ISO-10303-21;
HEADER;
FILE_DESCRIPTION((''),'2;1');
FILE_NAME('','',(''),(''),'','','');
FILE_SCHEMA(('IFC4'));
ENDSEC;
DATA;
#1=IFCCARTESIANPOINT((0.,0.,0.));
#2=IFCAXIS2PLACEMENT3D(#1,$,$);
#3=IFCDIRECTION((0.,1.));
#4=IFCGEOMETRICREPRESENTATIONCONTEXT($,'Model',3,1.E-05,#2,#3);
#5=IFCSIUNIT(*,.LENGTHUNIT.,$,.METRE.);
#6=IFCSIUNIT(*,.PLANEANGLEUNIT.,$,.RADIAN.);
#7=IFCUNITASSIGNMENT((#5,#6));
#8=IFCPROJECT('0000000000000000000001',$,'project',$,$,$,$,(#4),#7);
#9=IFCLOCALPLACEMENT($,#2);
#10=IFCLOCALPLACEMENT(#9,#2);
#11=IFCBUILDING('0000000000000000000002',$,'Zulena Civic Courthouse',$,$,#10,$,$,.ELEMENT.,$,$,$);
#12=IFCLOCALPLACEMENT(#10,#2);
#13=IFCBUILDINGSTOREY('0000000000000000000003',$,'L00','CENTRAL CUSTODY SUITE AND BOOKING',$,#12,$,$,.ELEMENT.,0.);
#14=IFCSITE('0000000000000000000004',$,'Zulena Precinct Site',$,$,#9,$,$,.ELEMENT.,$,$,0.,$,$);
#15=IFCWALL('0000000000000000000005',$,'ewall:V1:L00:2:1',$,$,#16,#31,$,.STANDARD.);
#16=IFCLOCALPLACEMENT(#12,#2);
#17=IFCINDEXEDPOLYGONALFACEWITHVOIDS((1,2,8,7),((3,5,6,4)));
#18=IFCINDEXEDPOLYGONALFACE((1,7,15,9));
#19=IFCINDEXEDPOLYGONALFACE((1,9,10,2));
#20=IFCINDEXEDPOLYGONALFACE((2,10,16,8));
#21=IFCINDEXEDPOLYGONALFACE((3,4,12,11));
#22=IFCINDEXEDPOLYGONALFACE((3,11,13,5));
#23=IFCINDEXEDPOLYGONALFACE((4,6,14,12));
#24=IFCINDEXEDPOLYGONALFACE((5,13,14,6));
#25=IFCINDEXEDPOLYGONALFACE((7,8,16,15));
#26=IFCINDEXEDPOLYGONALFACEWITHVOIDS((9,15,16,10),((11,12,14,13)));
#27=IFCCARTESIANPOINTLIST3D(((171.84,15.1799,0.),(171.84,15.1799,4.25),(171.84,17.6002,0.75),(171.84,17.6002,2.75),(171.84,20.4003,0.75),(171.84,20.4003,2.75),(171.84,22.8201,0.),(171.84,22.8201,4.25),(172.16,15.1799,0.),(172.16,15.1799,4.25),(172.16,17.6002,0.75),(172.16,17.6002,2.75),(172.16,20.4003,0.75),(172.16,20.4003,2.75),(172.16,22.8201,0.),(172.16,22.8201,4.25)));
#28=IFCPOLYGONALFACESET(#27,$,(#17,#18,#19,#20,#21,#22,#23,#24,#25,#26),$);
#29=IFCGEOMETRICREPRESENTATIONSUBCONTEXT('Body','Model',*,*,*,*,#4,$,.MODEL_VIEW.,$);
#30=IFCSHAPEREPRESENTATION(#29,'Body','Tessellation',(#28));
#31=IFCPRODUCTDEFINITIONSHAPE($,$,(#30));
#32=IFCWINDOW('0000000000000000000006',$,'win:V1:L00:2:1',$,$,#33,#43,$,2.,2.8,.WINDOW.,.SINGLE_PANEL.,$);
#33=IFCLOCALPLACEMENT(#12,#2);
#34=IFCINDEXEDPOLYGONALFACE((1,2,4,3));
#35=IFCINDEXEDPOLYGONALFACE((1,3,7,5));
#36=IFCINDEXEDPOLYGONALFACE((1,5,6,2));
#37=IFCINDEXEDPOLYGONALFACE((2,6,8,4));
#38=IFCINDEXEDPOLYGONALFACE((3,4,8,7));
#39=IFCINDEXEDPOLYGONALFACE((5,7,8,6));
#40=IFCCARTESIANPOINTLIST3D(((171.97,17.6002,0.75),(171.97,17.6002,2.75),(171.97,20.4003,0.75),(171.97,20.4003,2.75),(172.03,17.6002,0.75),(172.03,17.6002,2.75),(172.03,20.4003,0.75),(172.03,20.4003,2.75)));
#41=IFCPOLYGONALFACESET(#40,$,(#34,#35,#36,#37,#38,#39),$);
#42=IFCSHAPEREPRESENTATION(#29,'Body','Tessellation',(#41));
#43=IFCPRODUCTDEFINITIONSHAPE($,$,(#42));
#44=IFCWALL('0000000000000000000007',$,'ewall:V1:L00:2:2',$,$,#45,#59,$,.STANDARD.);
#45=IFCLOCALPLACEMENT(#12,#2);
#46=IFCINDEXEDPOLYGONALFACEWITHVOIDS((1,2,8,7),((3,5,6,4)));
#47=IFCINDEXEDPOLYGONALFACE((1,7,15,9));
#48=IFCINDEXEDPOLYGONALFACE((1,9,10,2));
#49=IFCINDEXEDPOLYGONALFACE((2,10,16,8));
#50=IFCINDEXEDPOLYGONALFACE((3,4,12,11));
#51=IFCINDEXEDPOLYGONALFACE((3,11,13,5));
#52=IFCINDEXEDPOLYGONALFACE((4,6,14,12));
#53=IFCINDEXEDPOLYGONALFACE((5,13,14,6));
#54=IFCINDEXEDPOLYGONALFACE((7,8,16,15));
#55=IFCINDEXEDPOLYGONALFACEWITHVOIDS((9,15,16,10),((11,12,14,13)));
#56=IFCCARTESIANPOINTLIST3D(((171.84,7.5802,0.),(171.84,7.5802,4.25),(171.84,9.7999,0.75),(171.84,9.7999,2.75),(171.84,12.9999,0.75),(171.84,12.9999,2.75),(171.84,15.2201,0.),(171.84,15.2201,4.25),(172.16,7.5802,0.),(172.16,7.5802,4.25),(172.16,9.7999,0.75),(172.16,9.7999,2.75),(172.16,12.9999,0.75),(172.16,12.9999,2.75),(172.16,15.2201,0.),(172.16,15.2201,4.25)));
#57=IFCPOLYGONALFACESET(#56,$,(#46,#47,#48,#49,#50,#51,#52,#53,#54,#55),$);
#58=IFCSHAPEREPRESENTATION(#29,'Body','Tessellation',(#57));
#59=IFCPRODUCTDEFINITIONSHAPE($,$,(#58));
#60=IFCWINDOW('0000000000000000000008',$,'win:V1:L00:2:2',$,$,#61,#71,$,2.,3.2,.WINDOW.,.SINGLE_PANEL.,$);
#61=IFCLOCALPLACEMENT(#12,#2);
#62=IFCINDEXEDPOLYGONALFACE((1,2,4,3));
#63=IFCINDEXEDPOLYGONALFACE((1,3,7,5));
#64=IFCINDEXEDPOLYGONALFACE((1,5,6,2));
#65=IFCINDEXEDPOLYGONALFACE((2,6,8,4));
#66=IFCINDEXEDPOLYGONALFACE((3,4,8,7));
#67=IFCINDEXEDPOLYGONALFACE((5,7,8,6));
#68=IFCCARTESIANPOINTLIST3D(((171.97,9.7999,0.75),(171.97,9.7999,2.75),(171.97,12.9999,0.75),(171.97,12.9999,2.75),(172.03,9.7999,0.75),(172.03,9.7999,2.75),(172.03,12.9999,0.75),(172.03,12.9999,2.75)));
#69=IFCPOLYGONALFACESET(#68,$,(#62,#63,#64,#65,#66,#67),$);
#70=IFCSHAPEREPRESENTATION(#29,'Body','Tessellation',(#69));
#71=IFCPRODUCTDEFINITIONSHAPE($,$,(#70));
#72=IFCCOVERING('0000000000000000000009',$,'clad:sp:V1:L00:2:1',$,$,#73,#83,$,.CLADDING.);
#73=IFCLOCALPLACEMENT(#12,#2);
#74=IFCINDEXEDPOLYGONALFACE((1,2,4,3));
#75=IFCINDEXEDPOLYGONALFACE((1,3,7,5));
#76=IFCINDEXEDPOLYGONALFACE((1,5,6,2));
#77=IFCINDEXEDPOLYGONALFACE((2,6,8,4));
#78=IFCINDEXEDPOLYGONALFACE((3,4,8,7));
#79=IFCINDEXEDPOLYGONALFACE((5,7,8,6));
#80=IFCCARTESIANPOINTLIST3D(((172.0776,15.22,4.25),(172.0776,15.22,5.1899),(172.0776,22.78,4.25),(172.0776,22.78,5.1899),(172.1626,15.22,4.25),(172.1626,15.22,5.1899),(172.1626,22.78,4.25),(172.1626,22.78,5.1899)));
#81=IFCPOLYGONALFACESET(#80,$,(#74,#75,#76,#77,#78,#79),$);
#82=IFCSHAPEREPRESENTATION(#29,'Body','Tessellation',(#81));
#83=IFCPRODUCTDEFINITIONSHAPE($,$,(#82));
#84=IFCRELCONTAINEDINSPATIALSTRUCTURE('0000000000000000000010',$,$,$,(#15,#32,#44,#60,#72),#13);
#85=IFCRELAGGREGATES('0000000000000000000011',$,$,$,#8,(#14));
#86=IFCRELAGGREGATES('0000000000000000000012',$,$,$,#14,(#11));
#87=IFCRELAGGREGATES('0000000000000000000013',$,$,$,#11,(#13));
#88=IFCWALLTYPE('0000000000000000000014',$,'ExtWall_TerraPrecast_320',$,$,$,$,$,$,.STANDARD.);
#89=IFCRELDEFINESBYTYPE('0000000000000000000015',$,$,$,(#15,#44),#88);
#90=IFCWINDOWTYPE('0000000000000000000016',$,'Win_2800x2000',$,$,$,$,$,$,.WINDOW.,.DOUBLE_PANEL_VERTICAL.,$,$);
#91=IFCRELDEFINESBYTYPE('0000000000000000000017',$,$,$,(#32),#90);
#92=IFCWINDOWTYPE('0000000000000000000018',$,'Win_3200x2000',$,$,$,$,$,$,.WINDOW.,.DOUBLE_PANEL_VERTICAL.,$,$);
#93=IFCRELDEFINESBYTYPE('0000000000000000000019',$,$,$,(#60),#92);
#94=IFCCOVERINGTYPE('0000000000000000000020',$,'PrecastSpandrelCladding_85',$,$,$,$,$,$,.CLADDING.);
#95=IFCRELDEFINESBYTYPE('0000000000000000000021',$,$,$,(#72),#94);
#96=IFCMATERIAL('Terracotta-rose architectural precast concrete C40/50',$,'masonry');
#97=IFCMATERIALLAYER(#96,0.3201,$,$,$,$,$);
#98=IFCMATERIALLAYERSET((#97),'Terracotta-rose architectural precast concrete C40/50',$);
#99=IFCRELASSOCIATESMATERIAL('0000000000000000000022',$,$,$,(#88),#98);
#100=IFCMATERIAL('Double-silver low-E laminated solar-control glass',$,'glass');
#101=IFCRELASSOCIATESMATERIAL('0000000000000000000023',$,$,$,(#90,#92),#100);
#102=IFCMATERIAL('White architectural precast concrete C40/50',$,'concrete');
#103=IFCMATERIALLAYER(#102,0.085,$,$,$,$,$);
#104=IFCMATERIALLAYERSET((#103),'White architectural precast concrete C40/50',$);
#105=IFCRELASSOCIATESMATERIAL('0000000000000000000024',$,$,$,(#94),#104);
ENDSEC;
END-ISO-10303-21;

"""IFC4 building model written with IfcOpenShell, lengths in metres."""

from ifc_helpers import new_model, si_unit, direction, frame, frame_2d, origin, origin_2d, place, context, subcontext, project, spatial, rectangle, extrude, material, layer, layer_set, type_object, element, fill, save


model = new_model("IFC4")

# Units and contexts
model_context = context("Model", 3, precision=1e-05, world=origin(), true_north=direction((0.0, 1.0)))
body_context = subcontext(model_context, "Body", "Model", "MODEL_VIEW")
ifc_project = project(units=[si_unit("LENGTHUNIT", "METRE"), si_unit("PLANEANGLEUNIT", "RADIAN")], contexts=[model_context])

# Site, building, storey
site_placement = place(None, origin())
site = spatial("IfcSite", under=ifc_project, at=site_placement, Name="Zulena Precinct Site", CompositionType="ELEMENT", RefElevation=0.0)
building_placement = place(site_placement, origin())
building = spatial("IfcBuilding", under=site, at=building_placement, Name="Zulena Civic Courthouse", CompositionType="ELEMENT")
storey_placement = place(building_placement, origin())
storey = spatial("IfcBuildingStorey", under=building, at=storey_placement, Name="L00", Description="CENTRAL CUSTODY SUITE AND BOOKING", CompositionType="ELEMENT", Elevation=0.0)

# Walls, openings, windows
ifc_material_1 = material(Name="Terracotta-rose architectural precast concrete C40/50", Category="masonry")
ifc_layer_1 = layer(ifc_material_1, 0.3201)
ifc_layer_set_1 = layer_set([ifc_layer_1], Name="Terracotta-rose architectural precast concrete C40/50")
wall_type_1 = type_object("IfcWallType", Name="ExtWall_TerraPrecast_320", PredefinedType="STANDARD", material=ifc_layer_set_1)
wall_1_placement = place(storey_placement, frame((172.0, 22.8201, 0.0), z_axis=(0.0, 0.0, 1.0), x_axis=(0.0, -1.0, 0.0)))
wall_1 = element("IfcWall", 1, at=wall_1_placement, inside=storey, type_object=wall_type_1, Name="ewall:V1:L00:2:1", PredefinedType="STANDARD", context=body_context, shape_type="SweptSolid", body=[
    extrude(rectangle(XDim=7.6401, YDim=0.3201, at=frame_2d((3.8201, 0.0))), origin(), (0.0, 0.0, 1.0), 4.25),
])
opening_1_placement = place(wall_1_placement, frame((2.4199, 0.0, 0.75)))
opening_1 = element("IfcOpeningElement", 2, at=opening_1_placement, cuts=wall_1, PredefinedType="OPENING", context=body_context, shape_type="SweptSolid", body=[
    extrude(rectangle(XDim=2.8, YDim=2.0, at=frame_2d((1.3999, 1.0))), frame((0.0, 0.1699, 0.0), z_axis=(0.0, -1.0, 0.0), x_axis=(1.0, 0.0, 0.0)), (0.0, 0.0, 1.0), 0.3401),
])
ifc_material_2 = material(Name="Double-silver low-E laminated solar-control glass", Category="glass")
window_type_1 = type_object("IfcWindowType", Name="Win_2800x2000", PartitioningType="DOUBLE_PANEL_VERTICAL", PredefinedType="WINDOW", material=ifc_material_2)
window_1_placement = place(opening_1_placement, origin())
window_1 = element("IfcWindow", 3, at=window_1_placement, inside=storey, type_object=window_type_1, Name="win:V1:L00:2:1", OverallHeight=2.0, OverallWidth=2.8, PartitioningType="SINGLE_PANEL", PredefinedType="WINDOW", context=body_context, shape_type="SweptSolid", body=[
    extrude(rectangle(XDim=2.8, YDim=2.0, at=frame_2d((1.3999, 1.0))), frame((0.0, 0.03, 0.0), z_axis=(0.0, -1.0, 0.0), x_axis=(1.0, 0.0, 0.0)), (0.0, 0.0, 1.0), 0.0601),
])
fill(opening_1, window_1)
wall_2_placement = place(storey_placement, frame((172.0, 15.22, 0.0), z_axis=(0.0, 0.0, 1.0), x_axis=(0.0, -1.0, 0.0)))
wall_2 = element("IfcWall", 4, at=wall_2_placement, inside=storey, type_object=wall_type_1, Name="ewall:V1:L00:2:2", PredefinedType="STANDARD", context=body_context, shape_type="SweptSolid", body=[
    extrude(rectangle(XDim=7.6399, YDim=0.3201, at=frame_2d((3.8198, 0.0))), origin(), (0.0, 0.0, 1.0), 4.25),
])
opening_2_placement = place(wall_2_placement, frame((2.22, 0.0, 0.75)))
opening_2 = element("IfcOpeningElement", 5, at=opening_2_placement, cuts=wall_2, PredefinedType="OPENING", context=body_context, shape_type="SweptSolid", body=[
    extrude(rectangle(XDim=3.2, YDim=2.0, at=frame_2d((1.6001, 1.0))), frame((0.0, 0.1699, 0.0), z_axis=(0.0, -1.0, 0.0), x_axis=(1.0, 0.0, 0.0)), (0.0, 0.0, 1.0), 0.3401),
])
window_type_2 = type_object("IfcWindowType", Name="Win_3200x2000", PartitioningType="DOUBLE_PANEL_VERTICAL", PredefinedType="WINDOW", material=ifc_material_2)
window_2_placement = place(opening_2_placement, origin())
window_2 = element("IfcWindow", 6, at=window_2_placement, inside=storey, type_object=window_type_2, Name="win:V1:L00:2:2", OverallHeight=2.0, OverallWidth=3.2, PartitioningType="SINGLE_PANEL", PredefinedType="WINDOW", context=body_context, shape_type="SweptSolid", body=[
    extrude(rectangle(XDim=3.2, YDim=2.0, at=frame_2d((1.6001, 1.0))), frame((0.0, 0.03, 0.0), z_axis=(0.0, -1.0, 0.0), x_axis=(1.0, 0.0, 0.0)), (0.0, 0.0, 1.0), 0.0601),
])
fill(opening_2, window_2)

# Covering
ifc_material_3 = material(Name="White architectural precast concrete C40/50", Category="concrete")
ifc_layer_2 = layer(ifc_material_3, 0.085)
ifc_layer_set_2 = layer_set([ifc_layer_2], Name="White architectural precast concrete C40/50")
covering_type = type_object("IfcCoveringType", Name="PrecastSpandrelCladding_85", PredefinedType="CLADDING", material=ifc_layer_set_2)
covering_placement = place(storey_placement, frame((172.1201, 19.0, 4.25), z_axis=(0.0, 0.0, 1.0), x_axis=(0.0, -1.0, 0.0)))
element("IfcCovering", 7, at=covering_placement, inside=storey, type_object=covering_type, Name="clad:sp:V1:L00:2:1", PredefinedType="CLADDING", context=body_context, shape_type="SweptSolid", body=[
    extrude(rectangle(XDim=7.5601, YDim=0.085, at=origin_2d()), origin(), (0.0, 0.0, 1.0), 0.9399),
])

save(model, "model.ifc")
